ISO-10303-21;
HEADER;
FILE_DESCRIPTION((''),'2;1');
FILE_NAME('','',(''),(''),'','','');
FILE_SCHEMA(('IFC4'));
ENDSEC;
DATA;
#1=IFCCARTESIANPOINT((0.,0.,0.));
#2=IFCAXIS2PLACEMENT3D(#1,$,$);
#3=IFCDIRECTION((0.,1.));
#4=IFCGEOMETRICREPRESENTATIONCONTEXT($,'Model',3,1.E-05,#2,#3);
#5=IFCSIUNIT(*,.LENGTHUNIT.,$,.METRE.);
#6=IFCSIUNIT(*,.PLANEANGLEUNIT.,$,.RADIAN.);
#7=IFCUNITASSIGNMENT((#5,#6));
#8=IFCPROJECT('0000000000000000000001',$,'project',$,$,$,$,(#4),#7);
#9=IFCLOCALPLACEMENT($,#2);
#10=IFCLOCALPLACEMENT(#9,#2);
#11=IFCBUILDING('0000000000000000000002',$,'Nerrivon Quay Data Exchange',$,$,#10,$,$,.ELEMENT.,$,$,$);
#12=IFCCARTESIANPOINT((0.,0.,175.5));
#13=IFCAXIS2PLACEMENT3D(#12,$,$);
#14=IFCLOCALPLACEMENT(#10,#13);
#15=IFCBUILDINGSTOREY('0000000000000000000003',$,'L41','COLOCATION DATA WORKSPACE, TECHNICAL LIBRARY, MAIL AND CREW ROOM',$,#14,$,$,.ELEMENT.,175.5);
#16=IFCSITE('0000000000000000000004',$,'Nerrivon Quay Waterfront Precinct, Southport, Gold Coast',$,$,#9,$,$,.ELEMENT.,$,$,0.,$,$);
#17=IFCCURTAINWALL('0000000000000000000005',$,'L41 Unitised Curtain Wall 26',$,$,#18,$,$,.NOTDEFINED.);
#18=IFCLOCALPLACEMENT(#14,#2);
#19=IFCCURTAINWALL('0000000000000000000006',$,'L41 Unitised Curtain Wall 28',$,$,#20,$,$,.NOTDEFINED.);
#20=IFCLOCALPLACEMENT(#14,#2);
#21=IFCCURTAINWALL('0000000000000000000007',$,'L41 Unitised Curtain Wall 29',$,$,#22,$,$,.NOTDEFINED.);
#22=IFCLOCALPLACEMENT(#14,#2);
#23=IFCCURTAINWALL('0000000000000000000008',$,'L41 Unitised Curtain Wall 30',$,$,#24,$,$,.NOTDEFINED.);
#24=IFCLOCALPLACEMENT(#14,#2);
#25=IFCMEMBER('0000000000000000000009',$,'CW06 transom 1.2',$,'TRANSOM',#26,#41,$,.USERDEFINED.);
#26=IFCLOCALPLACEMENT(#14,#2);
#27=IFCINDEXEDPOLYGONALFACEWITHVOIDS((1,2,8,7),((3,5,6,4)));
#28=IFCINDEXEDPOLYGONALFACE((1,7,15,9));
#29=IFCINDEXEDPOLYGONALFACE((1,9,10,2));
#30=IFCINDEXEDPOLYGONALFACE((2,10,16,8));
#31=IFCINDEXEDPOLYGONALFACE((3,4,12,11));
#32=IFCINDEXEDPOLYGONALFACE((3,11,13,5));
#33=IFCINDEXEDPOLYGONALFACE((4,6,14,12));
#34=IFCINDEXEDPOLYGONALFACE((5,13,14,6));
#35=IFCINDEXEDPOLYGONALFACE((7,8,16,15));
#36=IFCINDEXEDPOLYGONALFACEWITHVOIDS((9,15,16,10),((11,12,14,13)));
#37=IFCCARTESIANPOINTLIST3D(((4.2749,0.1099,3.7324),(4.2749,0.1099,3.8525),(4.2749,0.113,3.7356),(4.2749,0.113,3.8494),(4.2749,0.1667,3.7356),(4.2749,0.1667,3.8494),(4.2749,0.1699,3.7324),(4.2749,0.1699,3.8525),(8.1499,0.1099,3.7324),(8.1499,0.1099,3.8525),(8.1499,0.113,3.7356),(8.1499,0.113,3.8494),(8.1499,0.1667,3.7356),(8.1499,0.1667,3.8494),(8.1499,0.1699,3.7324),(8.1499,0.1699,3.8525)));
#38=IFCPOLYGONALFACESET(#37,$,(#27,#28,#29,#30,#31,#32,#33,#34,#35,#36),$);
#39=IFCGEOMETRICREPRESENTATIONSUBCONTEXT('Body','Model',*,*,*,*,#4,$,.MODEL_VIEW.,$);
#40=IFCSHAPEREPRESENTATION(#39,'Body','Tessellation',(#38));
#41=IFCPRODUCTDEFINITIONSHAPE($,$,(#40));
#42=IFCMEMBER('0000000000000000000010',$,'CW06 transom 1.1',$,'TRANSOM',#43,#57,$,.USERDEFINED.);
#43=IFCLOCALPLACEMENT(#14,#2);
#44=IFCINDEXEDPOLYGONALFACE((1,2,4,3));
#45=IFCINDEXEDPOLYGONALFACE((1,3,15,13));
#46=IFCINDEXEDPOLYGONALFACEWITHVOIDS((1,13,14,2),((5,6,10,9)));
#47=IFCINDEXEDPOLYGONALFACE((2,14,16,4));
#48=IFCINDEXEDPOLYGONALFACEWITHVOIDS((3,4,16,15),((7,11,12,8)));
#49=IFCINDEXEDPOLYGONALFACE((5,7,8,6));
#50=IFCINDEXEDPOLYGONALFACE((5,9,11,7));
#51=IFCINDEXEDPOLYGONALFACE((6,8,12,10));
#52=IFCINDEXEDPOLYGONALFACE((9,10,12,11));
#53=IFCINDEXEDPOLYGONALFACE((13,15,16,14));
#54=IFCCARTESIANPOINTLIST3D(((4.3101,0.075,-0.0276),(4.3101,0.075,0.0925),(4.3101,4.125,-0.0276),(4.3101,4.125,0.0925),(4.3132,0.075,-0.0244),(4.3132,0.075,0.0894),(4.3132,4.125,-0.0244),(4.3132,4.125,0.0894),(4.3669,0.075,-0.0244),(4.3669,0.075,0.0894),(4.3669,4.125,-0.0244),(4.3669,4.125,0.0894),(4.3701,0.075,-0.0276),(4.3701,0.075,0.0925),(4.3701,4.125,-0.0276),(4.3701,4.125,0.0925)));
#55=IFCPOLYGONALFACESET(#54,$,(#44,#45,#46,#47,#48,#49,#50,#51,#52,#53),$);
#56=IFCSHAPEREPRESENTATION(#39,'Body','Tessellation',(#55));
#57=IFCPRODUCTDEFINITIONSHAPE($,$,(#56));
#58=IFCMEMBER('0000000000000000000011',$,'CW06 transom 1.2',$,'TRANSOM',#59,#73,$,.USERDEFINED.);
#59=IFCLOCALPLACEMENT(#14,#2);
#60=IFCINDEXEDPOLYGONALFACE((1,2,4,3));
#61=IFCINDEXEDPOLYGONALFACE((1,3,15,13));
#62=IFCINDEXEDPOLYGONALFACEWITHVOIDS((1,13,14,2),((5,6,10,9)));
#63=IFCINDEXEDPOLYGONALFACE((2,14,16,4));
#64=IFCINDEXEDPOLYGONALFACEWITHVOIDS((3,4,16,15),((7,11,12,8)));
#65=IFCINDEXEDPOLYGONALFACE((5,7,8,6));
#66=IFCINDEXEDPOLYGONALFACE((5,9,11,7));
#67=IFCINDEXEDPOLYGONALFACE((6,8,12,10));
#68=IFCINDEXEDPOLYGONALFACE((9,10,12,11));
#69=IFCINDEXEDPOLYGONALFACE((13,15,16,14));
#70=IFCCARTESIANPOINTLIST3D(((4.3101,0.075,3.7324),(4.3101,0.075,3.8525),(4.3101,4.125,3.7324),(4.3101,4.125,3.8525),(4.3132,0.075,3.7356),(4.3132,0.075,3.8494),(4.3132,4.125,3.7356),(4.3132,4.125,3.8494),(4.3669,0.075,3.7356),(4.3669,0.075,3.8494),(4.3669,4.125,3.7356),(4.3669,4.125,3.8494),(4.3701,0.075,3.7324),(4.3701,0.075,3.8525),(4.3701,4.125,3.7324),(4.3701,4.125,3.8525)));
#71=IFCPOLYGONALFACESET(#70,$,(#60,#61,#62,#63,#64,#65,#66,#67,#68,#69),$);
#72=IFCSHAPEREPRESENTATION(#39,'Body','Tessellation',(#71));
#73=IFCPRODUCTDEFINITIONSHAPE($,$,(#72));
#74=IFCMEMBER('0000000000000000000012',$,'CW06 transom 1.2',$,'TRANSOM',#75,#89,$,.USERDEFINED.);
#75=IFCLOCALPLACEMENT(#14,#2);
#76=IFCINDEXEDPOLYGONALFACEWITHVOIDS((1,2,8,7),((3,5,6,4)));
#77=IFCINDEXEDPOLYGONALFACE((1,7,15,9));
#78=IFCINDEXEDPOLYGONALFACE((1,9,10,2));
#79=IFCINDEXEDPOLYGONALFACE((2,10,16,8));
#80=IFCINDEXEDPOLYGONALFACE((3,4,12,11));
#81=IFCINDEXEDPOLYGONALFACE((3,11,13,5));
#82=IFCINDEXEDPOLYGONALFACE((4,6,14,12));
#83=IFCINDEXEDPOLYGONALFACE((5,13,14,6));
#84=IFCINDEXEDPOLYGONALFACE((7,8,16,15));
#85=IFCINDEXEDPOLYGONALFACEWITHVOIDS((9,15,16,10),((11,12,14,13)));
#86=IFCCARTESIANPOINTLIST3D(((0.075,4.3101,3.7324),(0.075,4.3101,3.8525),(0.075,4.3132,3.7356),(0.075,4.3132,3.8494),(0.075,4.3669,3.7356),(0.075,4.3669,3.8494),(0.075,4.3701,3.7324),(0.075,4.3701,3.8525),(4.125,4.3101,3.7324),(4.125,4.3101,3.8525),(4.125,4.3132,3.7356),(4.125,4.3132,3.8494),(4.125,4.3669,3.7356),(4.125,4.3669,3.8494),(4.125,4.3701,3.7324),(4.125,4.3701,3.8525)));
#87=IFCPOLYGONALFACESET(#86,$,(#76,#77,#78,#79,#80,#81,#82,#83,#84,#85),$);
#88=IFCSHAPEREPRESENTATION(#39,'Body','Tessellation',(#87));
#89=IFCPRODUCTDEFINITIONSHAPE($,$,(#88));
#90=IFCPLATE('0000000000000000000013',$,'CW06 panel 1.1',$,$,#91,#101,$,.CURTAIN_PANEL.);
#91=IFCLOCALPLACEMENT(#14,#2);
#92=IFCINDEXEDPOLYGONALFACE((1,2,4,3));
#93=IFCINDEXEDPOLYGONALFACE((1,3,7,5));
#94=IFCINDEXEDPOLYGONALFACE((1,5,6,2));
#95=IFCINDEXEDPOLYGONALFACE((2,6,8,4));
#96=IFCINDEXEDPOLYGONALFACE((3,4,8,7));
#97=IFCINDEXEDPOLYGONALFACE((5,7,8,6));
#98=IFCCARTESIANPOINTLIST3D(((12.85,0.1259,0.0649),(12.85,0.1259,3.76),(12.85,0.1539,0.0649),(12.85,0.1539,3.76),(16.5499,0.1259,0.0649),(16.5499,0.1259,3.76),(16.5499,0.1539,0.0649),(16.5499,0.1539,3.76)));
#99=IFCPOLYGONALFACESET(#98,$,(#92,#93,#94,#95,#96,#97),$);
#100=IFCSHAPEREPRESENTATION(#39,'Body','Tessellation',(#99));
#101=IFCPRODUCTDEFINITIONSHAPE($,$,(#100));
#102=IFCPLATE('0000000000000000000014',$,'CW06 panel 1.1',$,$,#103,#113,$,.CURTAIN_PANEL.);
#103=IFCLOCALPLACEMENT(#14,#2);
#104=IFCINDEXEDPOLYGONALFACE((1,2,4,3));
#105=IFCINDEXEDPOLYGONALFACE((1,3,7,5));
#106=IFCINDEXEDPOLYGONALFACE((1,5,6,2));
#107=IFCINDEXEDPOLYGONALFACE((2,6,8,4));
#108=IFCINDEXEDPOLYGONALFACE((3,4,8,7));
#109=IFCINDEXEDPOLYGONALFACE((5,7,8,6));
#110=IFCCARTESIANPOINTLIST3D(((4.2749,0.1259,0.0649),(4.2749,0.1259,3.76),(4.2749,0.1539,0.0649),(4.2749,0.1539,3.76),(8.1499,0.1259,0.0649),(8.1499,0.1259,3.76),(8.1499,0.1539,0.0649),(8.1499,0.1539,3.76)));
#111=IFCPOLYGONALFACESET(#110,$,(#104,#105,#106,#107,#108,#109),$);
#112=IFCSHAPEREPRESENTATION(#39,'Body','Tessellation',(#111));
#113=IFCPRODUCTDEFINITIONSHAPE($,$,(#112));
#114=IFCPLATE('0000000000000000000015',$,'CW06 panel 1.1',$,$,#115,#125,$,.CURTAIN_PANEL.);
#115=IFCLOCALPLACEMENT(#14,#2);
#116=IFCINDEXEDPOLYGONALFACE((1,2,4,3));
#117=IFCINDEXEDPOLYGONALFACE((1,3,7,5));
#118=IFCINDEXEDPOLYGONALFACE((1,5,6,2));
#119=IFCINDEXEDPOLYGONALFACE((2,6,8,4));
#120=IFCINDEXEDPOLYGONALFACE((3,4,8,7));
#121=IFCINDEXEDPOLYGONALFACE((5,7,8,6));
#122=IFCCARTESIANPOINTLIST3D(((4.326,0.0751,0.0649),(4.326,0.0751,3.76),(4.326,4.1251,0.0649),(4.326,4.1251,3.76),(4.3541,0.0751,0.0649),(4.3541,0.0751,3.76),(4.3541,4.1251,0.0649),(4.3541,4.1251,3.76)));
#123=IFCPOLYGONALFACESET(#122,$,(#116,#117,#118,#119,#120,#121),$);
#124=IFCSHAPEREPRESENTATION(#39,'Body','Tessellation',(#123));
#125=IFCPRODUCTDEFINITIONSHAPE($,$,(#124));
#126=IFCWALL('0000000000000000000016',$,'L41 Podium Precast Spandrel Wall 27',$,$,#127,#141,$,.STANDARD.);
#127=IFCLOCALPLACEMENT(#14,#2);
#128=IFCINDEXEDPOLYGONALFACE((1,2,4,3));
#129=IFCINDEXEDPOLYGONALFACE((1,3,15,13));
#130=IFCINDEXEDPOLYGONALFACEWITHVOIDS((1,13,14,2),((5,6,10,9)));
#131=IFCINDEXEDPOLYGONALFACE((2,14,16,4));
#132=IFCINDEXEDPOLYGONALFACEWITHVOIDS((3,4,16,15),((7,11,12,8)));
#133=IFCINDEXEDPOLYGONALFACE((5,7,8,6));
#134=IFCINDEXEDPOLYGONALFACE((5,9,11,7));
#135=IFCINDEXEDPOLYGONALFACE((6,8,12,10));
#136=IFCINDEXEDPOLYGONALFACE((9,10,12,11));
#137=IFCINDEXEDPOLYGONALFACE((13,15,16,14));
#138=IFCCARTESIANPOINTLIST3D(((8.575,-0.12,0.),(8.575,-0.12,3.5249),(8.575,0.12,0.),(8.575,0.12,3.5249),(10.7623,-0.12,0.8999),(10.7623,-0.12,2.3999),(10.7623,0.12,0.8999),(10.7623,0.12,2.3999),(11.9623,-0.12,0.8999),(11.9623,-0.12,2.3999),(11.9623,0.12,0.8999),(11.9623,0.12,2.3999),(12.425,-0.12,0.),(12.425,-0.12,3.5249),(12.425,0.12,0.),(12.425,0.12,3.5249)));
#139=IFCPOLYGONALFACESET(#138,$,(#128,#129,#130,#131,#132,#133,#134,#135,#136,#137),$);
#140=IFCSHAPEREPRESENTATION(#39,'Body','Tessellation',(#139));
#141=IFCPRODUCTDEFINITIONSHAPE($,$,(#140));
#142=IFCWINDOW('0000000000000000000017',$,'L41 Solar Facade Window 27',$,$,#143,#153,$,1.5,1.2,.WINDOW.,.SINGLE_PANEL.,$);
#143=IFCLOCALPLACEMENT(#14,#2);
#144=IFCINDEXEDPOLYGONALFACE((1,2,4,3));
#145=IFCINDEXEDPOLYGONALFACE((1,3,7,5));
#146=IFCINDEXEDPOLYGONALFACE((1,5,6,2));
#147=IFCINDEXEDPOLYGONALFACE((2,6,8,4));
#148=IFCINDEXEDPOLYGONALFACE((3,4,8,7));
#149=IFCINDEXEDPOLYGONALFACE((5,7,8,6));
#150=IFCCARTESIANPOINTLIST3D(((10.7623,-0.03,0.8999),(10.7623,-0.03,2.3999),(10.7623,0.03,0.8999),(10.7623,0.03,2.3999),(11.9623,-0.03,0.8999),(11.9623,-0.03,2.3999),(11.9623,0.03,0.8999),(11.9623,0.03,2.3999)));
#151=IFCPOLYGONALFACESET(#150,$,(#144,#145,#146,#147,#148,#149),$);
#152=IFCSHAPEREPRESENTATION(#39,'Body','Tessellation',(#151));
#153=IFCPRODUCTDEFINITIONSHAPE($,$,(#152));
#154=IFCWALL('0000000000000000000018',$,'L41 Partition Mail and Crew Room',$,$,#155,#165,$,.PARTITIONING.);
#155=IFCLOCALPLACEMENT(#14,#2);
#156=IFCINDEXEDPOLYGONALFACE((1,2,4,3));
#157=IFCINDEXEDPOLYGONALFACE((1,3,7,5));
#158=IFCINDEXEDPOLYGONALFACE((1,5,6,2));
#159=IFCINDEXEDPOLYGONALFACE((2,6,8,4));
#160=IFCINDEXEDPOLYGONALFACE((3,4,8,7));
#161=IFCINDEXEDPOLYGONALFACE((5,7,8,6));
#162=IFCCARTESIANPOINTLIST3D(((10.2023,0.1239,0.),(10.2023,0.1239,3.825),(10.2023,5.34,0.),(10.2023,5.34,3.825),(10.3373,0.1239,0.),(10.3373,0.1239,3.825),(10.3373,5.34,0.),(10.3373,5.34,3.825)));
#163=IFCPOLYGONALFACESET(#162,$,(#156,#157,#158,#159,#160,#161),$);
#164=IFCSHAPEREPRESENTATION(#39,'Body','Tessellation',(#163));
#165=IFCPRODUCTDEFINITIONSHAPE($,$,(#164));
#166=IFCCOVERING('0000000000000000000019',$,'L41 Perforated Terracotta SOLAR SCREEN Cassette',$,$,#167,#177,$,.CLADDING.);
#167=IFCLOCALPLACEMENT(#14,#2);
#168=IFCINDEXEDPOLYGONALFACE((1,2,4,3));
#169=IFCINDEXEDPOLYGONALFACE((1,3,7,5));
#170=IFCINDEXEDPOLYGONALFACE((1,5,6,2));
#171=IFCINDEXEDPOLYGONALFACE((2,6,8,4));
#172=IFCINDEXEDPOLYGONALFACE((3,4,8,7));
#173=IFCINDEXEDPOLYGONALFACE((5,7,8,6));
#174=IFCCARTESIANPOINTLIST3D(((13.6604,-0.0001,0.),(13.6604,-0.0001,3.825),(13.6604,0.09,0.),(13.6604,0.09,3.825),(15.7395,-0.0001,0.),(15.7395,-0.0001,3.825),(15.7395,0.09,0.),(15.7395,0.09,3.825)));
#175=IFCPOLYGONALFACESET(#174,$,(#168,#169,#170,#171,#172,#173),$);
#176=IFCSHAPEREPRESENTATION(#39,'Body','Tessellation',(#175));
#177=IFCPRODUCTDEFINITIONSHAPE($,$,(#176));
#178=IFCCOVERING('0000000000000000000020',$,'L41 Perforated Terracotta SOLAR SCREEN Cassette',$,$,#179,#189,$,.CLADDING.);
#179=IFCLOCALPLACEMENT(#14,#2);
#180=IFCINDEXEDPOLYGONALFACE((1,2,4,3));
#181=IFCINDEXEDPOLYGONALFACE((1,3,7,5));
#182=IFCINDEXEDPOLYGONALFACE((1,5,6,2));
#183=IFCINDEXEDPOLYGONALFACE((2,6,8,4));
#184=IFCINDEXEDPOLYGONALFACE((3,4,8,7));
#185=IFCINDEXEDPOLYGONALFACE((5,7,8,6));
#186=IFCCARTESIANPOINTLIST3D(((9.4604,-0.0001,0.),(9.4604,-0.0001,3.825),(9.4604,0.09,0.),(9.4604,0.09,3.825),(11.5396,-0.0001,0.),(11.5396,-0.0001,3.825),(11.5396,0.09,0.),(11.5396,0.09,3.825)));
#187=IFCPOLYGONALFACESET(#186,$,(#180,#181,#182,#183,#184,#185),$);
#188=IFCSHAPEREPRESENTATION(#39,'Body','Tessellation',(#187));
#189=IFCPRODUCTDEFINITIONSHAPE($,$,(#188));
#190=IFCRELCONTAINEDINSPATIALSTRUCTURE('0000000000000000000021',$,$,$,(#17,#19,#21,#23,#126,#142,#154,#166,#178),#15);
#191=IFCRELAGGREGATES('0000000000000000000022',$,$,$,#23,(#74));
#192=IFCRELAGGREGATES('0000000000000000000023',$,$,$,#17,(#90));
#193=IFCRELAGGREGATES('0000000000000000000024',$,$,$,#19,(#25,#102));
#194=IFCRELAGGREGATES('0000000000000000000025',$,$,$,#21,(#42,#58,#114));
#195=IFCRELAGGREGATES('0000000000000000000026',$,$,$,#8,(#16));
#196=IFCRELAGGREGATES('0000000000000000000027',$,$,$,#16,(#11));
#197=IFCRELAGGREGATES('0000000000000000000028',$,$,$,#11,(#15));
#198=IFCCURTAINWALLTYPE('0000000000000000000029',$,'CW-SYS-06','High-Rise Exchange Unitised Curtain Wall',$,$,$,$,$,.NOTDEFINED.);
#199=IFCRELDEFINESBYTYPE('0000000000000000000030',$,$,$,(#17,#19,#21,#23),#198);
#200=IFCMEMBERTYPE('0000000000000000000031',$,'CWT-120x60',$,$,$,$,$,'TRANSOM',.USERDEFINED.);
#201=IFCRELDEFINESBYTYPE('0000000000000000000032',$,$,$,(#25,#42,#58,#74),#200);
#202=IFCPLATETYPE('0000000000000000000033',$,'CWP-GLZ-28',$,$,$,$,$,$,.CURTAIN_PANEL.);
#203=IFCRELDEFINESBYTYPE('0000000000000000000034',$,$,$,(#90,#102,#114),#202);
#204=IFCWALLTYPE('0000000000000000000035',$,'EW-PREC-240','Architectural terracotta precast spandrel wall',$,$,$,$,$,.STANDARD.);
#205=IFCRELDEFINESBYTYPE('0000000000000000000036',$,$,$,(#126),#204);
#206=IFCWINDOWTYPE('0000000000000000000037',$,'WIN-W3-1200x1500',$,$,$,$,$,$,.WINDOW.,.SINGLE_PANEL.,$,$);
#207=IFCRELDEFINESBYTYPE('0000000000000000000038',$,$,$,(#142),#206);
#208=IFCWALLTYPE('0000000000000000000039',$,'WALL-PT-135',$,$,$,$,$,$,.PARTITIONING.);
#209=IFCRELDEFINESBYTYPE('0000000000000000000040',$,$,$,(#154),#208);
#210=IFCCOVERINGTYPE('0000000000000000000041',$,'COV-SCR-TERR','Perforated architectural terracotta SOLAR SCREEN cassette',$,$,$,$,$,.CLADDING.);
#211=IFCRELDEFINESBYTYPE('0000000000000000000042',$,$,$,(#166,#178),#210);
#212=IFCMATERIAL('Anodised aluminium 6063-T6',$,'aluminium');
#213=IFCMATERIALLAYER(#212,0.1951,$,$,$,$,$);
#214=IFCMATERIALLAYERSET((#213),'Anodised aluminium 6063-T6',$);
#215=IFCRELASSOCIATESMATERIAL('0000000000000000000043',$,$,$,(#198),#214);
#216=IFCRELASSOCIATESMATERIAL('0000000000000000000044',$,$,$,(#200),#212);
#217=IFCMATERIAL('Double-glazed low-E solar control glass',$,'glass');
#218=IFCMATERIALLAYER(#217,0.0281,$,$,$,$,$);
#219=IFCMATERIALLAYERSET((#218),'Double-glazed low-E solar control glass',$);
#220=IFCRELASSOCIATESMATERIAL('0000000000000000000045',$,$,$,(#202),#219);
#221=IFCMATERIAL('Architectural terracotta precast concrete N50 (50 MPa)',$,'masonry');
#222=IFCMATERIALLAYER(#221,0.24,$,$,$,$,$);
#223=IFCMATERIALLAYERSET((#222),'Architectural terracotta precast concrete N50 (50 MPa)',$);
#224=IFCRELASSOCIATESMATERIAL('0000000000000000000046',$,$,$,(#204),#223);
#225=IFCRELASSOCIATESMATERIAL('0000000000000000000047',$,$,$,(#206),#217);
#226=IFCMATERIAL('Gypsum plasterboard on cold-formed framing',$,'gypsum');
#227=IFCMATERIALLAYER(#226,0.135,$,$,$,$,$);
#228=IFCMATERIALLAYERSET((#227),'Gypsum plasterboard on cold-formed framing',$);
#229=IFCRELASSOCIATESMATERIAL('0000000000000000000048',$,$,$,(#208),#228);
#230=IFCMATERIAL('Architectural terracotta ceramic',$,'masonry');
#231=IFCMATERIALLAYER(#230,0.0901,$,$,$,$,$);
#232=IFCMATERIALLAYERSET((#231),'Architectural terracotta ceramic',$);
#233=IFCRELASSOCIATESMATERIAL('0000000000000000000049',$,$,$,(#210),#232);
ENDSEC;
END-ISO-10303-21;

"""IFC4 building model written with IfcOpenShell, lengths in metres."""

from ifc_helpers import new_model, si_unit, direction, frame, frame_2d, origin, origin_2d, place, context, subcontext, project, spatial, rectangle, hollow_rectangle, extrude, material, layer, layer_set, material_profile, profile_set, type_object, element, fill, aggregate, save


model = new_model("IFC4")

# Units and contexts
model_context = context("Model", 3, precision=1e-05, world=origin(), true_north=direction((0.0, 1.0)))
body_context = subcontext(model_context, "Body", "Model", "MODEL_VIEW")
ifc_project = project(units=[si_unit("LENGTHUNIT", "METRE"), si_unit("PLANEANGLEUNIT", "RADIAN")], contexts=[model_context])

# Site, building, storey
site_placement = place(None, origin())
site = spatial("IfcSite", under=ifc_project, at=site_placement, Name="Nerrivon Quay Waterfront Precinct, Southport, Gold Coast", CompositionType="ELEMENT", RefElevation=0.0)
building_placement = place(site_placement, origin())
building = spatial("IfcBuilding", under=site, at=building_placement, Name="Nerrivon Quay Data Exchange", CompositionType="ELEMENT")
storey_placement = place(building_placement, frame((0.0, 0.0, 175.5)))
storey = spatial("IfcBuildingStorey", under=building, at=storey_placement, Name="L41", Description="COLOCATION DATA WORKSPACE, TECHNICAL LIBRARY, MAIL AND CREW ROOM", CompositionType="ELEMENT", Elevation=175.5)

# Curtain wall
ifc_material_1 = material(Name="Anodised aluminium 6063-T6", Category="aluminium")
ifc_layer_1 = layer(ifc_material_1, 0.1951)
ifc_layer_set_1 = layer_set([ifc_layer_1], Name="Anodised aluminium 6063-T6")
curtain_wall_type = type_object("IfcCurtainWallType", Name="CW-SYS-06", Description="High-Rise Exchange Unitised Curtain Wall", PredefinedType="NOTDEFINED", material=ifc_layer_set_1)
curtain_wall_1_placement = place(storey_placement, origin())
curtain_wall_1 = element("IfcCurtainWall", 1, at=curtain_wall_1_placement, inside=storey, type_object=curtain_wall_type, Name="L41 Unitised Curtain Wall 26", PredefinedType="NOTDEFINED")

# Curtain walls
curtain_wall_2_placement = place(storey_placement, origin())
curtain_wall_2 = element("IfcCurtainWall", 2, at=curtain_wall_2_placement, inside=storey, type_object=curtain_wall_type, Name="L41 Unitised Curtain Wall 28", PredefinedType="NOTDEFINED")
curtain_wall_3_placement = place(storey_placement, origin())
curtain_wall_3 = element("IfcCurtainWall", 3, at=curtain_wall_3_placement, inside=storey, type_object=curtain_wall_type, Name="L41 Unitised Curtain Wall 29", PredefinedType="NOTDEFINED")

# Curtain wall
curtain_wall_4_placement = place(storey_placement, origin())
curtain_wall_4 = element("IfcCurtainWall", 4, at=curtain_wall_4_placement, inside=storey, type_object=curtain_wall_type, Name="L41 Unitised Curtain Wall 30", PredefinedType="NOTDEFINED")

# Members
ifc_material_profile_1 = material_profile(ifc_material_1, hollow_rectangle(XDim=0.0601, YDim=0.1201, WallThickness=0.0032, at=origin_2d()), Name="ALU-TRAN-120x60")
ifc_profile_set_1 = profile_set([ifc_material_profile_1], Name="Anodised aluminium 6063-T6")
member_type_1 = type_object("IfcMemberType", Name="CWT-120x60", ElementType="TRANSOM", PredefinedType="USERDEFINED", material=ifc_profile_set_1)
member_1_placement = place(storey_placement, frame((8.1499, 0.1399, 3.7925), z_axis=(-1.0, 0.0, 0.0), x_axis=(0.0, -1.0, 0.0)))
member_1 = element("IfcMember", 5, at=member_1_placement, type_object=member_type_1, Name="CW06 transom 1.2", ObjectType="TRANSOM", PredefinedType="USERDEFINED", context=body_context, shape_type="SweptSolid", body=[
    extrude(hollow_rectangle(XDim=0.0601, YDim=0.1201, WallThickness=0.0032, at=origin_2d()), origin(), (0.0, 0.0, 1.0), 3.875),
])
member_2_placement = place(storey_placement, frame((4.3401, 0.075, 0.0325), z_axis=(0.0, 1.0, 0.0), x_axis=(-1.0, 0.0, 0.0)))
member_2 = element("IfcMember", 6, at=member_2_placement, type_object=member_type_1, Name="CW06 transom 1.1", ObjectType="TRANSOM", PredefinedType="USERDEFINED", context=body_context, shape_type="SweptSolid", body=[
    extrude(hollow_rectangle(XDim=0.0601, YDim=0.1201, WallThickness=0.0032, at=origin_2d()), origin(), (0.0, 0.0, 1.0), 4.05),
])
member_3_placement = place(storey_placement, frame((4.3401, 0.075, 3.7925), z_axis=(0.0, 1.0, 0.0), x_axis=(-1.0, 0.0, 0.0)))
member_3 = element("IfcMember", 7, at=member_3_placement, type_object=member_type_1, Name="CW06 transom 1.2", ObjectType="TRANSOM", PredefinedType="USERDEFINED", context=body_context, shape_type="SweptSolid", body=[
    extrude(hollow_rectangle(XDim=0.0601, YDim=0.1201, WallThickness=0.0032, at=origin_2d()), origin(), (0.0, 0.0, 1.0), 4.05),
])
member_4_placement = place(storey_placement, frame((4.125, 4.3401, 3.7925), z_axis=(-1.0, 0.0, 0.0), x_axis=(0.0, -1.0, 0.0)))
member_4 = element("IfcMember", 8, at=member_4_placement, type_object=member_type_1, Name="CW06 transom 1.2", ObjectType="TRANSOM", PredefinedType="USERDEFINED", context=body_context, shape_type="SweptSolid", body=[
    extrude(hollow_rectangle(XDim=0.0601, YDim=0.1201, WallThickness=0.0032, at=origin_2d()), origin(), (0.0, 0.0, 1.0), 4.05),
])
aggregate(curtain_wall_4, [member_4])

# Plates
ifc_material_2 = material(Name="Double-glazed low-E solar control glass", Category="glass")
ifc_layer_2 = layer(ifc_material_2, 0.0281)
ifc_layer_set_2 = layer_set([ifc_layer_2], Name="Double-glazed low-E solar control glass")
plate_type = type_object("IfcPlateType", Name="CWP-GLZ-28", PredefinedType="CURTAIN_PANEL", material=ifc_layer_set_2)
plate_1_placement = place(storey_placement, frame((14.7, 0.1399, 0.0649), z_axis=(0.0, 0.0, 1.0), x_axis=(-1.0, 0.0, 0.0)))
plate_1 = element("IfcPlate", 9, at=plate_1_placement, type_object=plate_type, Name="CW06 panel 1.1", PredefinedType="CURTAIN_PANEL", context=body_context, shape_type="SweptSolid", body=[
    extrude(rectangle(XDim=3.7, YDim=0.0281, at=origin_2d()), origin(), (0.0, 0.0, 1.0), 3.6951),
])
aggregate(curtain_wall_1, [plate_1])
plate_2_placement = place(storey_placement, frame((6.2124, 0.1399, 0.0649), z_axis=(0.0, 0.0, 1.0), x_axis=(-1.0, 0.0, 0.0)))
plate_2 = element("IfcPlate", 10, at=plate_2_placement, type_object=plate_type, Name="CW06 panel 1.1", PredefinedType="CURTAIN_PANEL", context=body_context, shape_type="SweptSolid", body=[
    extrude(rectangle(XDim=3.875, YDim=0.0281, at=origin_2d()), origin(), (0.0, 0.0, 1.0), 3.6951),
])
aggregate(curtain_wall_2, [member_1, plate_2])
plate_3_placement = place(storey_placement, frame((4.3401, 2.1001, 0.0649), z_axis=(0.0, 0.0, 1.0), x_axis=(0.0, 1.0, 0.0)))
plate_3 = element("IfcPlate", 11, at=plate_3_placement, type_object=plate_type, Name="CW06 panel 1.1", PredefinedType="CURTAIN_PANEL", context=body_context, shape_type="SweptSolid", body=[
    extrude(rectangle(XDim=4.05, YDim=0.0281, at=origin_2d()), origin(), (0.0, 0.0, 1.0), 3.6951),
])
aggregate(curtain_wall_3, [member_2, member_3, plate_3])

# Wall, opening, window
ifc_material_3 = material(Name="Architectural terracotta precast concrete N50 (50 MPa)", Category="masonry")
ifc_layer_3 = layer(ifc_material_3, 0.24)
ifc_layer_set_3 = layer_set([ifc_layer_3], Name="Architectural terracotta precast concrete N50 (50 MPa)")
wall_type_1 = type_object("IfcWallType", Name="EW-PREC-240", Description="Architectural terracotta precast spandrel wall", PredefinedType="STANDARD", material=ifc_layer_set_3)
wall_1_placement = place(storey_placement, frame((12.425, 0.0, 0.0), z_axis=(0.0, 0.0, 1.0), x_axis=(-1.0, 0.0, 0.0)))
wall_1 = element("IfcWall", 12, at=wall_1_placement, inside=storey, type_object=wall_type_1, Name="L41 Podium Precast Spandrel Wall 27", PredefinedType="STANDARD", context=body_context, shape_type="SweptSolid", body=[
    extrude(rectangle(XDim=3.8501, YDim=0.24, at=frame_2d((1.925, 0.0))), origin(), (0.0, 0.0, 1.0), 3.5249),
])
opening_placement = place(wall_1_placement, frame((0.4626, 0.0, 0.8999)))
opening = element("IfcOpeningElement", 13, at=opening_placement, cuts=wall_1, PredefinedType="OPENING", context=body_context, shape_type="SweptSolid", body=[
    extrude(rectangle(XDim=1.2, YDim=1.5, at=frame_2d((0.6001, 0.75))), frame((0.0, 0.1299, 0.0), z_axis=(0.0, -1.0, 0.0), x_axis=(1.0, 0.0, 0.0)), (0.0, 0.0, 1.0), 0.26),
])
window_type = type_object("IfcWindowType", Name="WIN-W3-1200x1500", PartitioningType="SINGLE_PANEL", PredefinedType="WINDOW", material=ifc_material_2)
window_placement = place(opening_placement, origin())
window = element("IfcWindow", 14, at=window_placement, inside=storey, type_object=window_type, Name="L41 Solar Facade Window 27", OverallHeight=1.5, OverallWidth=1.2, PartitioningType="SINGLE_PANEL", PredefinedType="WINDOW", context=body_context, shape_type="SweptSolid", body=[
    extrude(rectangle(XDim=1.2, YDim=1.5, at=frame_2d((0.6001, 0.75))), frame((0.0, 0.03, 0.0), z_axis=(0.0, -1.0, 0.0), x_axis=(1.0, 0.0, 0.0)), (0.0, 0.0, 1.0), 0.0601),
])
fill(opening, window)

# Wall
ifc_material_4 = material(Name="Gypsum plasterboard on cold-formed framing", Category="gypsum")
ifc_layer_4 = layer(ifc_material_4, 0.135)
ifc_layer_set_4 = layer_set([ifc_layer_4], Name="Gypsum plasterboard on cold-formed framing")
wall_type_2 = type_object("IfcWallType", Name="WALL-PT-135", PredefinedType="PARTITIONING", material=ifc_layer_set_4)
wall_2_placement = place(storey_placement, frame((10.2698, 0.124, 0.0), z_axis=(0.0, 0.0, 1.0), x_axis=(0.0, 1.0, 0.0)))
element("IfcWall", 15, at=wall_2_placement, inside=storey, type_object=wall_type_2, Name="L41 Partition Mail and Crew Room", PredefinedType="PARTITIONING", context=body_context, shape_type="SweptSolid", body=[
    extrude(rectangle(XDim=5.2161, YDim=0.135, at=frame_2d((2.6079, 0.0))), origin(), (0.0, 0.0, 1.0), 3.825),
])

# Coverings
ifc_material_5 = material(Name="Architectural terracotta ceramic", Category="masonry")
ifc_layer_5 = layer(ifc_material_5, 0.0901)
ifc_layer_set_5 = layer_set([ifc_layer_5], Name="Architectural terracotta ceramic")
covering_type = type_object("IfcCoveringType", Name="COV-SCR-TERR", Description="Perforated architectural terracotta SOLAR SCREEN cassette", PredefinedType="CLADDING", material=ifc_layer_set_5)
for number, where, z_axis, x_axis, name in (
    (16, (14.7, 0.0449, 0.0), (0.0, 0.0, 1.0), (-1.0, 0.0, 0.0), "L41 Perforated Terracotta SOLAR SCREEN Cassette"),
    (17, (10.5, 0.0449, 0.0), (0.0, 0.0, 1.0), (-1.0, 0.0, 0.0), "L41 Perforated Terracotta SOLAR SCREEN Cassette"),
):
    element("IfcCovering", number, at=place(storey_placement, frame(where, z_axis=z_axis, x_axis=x_axis)), inside=storey, type_object=covering_type, Name=name, PredefinedType="CLADDING", context=body_context, shape_type="SweptSolid", body=[
        extrude(rectangle(XDim=2.0791, YDim=0.0901, at=origin_2d()), origin(), (0.0, 0.0, 1.0), 3.825),
    ])

save(model, "model.ifc")
